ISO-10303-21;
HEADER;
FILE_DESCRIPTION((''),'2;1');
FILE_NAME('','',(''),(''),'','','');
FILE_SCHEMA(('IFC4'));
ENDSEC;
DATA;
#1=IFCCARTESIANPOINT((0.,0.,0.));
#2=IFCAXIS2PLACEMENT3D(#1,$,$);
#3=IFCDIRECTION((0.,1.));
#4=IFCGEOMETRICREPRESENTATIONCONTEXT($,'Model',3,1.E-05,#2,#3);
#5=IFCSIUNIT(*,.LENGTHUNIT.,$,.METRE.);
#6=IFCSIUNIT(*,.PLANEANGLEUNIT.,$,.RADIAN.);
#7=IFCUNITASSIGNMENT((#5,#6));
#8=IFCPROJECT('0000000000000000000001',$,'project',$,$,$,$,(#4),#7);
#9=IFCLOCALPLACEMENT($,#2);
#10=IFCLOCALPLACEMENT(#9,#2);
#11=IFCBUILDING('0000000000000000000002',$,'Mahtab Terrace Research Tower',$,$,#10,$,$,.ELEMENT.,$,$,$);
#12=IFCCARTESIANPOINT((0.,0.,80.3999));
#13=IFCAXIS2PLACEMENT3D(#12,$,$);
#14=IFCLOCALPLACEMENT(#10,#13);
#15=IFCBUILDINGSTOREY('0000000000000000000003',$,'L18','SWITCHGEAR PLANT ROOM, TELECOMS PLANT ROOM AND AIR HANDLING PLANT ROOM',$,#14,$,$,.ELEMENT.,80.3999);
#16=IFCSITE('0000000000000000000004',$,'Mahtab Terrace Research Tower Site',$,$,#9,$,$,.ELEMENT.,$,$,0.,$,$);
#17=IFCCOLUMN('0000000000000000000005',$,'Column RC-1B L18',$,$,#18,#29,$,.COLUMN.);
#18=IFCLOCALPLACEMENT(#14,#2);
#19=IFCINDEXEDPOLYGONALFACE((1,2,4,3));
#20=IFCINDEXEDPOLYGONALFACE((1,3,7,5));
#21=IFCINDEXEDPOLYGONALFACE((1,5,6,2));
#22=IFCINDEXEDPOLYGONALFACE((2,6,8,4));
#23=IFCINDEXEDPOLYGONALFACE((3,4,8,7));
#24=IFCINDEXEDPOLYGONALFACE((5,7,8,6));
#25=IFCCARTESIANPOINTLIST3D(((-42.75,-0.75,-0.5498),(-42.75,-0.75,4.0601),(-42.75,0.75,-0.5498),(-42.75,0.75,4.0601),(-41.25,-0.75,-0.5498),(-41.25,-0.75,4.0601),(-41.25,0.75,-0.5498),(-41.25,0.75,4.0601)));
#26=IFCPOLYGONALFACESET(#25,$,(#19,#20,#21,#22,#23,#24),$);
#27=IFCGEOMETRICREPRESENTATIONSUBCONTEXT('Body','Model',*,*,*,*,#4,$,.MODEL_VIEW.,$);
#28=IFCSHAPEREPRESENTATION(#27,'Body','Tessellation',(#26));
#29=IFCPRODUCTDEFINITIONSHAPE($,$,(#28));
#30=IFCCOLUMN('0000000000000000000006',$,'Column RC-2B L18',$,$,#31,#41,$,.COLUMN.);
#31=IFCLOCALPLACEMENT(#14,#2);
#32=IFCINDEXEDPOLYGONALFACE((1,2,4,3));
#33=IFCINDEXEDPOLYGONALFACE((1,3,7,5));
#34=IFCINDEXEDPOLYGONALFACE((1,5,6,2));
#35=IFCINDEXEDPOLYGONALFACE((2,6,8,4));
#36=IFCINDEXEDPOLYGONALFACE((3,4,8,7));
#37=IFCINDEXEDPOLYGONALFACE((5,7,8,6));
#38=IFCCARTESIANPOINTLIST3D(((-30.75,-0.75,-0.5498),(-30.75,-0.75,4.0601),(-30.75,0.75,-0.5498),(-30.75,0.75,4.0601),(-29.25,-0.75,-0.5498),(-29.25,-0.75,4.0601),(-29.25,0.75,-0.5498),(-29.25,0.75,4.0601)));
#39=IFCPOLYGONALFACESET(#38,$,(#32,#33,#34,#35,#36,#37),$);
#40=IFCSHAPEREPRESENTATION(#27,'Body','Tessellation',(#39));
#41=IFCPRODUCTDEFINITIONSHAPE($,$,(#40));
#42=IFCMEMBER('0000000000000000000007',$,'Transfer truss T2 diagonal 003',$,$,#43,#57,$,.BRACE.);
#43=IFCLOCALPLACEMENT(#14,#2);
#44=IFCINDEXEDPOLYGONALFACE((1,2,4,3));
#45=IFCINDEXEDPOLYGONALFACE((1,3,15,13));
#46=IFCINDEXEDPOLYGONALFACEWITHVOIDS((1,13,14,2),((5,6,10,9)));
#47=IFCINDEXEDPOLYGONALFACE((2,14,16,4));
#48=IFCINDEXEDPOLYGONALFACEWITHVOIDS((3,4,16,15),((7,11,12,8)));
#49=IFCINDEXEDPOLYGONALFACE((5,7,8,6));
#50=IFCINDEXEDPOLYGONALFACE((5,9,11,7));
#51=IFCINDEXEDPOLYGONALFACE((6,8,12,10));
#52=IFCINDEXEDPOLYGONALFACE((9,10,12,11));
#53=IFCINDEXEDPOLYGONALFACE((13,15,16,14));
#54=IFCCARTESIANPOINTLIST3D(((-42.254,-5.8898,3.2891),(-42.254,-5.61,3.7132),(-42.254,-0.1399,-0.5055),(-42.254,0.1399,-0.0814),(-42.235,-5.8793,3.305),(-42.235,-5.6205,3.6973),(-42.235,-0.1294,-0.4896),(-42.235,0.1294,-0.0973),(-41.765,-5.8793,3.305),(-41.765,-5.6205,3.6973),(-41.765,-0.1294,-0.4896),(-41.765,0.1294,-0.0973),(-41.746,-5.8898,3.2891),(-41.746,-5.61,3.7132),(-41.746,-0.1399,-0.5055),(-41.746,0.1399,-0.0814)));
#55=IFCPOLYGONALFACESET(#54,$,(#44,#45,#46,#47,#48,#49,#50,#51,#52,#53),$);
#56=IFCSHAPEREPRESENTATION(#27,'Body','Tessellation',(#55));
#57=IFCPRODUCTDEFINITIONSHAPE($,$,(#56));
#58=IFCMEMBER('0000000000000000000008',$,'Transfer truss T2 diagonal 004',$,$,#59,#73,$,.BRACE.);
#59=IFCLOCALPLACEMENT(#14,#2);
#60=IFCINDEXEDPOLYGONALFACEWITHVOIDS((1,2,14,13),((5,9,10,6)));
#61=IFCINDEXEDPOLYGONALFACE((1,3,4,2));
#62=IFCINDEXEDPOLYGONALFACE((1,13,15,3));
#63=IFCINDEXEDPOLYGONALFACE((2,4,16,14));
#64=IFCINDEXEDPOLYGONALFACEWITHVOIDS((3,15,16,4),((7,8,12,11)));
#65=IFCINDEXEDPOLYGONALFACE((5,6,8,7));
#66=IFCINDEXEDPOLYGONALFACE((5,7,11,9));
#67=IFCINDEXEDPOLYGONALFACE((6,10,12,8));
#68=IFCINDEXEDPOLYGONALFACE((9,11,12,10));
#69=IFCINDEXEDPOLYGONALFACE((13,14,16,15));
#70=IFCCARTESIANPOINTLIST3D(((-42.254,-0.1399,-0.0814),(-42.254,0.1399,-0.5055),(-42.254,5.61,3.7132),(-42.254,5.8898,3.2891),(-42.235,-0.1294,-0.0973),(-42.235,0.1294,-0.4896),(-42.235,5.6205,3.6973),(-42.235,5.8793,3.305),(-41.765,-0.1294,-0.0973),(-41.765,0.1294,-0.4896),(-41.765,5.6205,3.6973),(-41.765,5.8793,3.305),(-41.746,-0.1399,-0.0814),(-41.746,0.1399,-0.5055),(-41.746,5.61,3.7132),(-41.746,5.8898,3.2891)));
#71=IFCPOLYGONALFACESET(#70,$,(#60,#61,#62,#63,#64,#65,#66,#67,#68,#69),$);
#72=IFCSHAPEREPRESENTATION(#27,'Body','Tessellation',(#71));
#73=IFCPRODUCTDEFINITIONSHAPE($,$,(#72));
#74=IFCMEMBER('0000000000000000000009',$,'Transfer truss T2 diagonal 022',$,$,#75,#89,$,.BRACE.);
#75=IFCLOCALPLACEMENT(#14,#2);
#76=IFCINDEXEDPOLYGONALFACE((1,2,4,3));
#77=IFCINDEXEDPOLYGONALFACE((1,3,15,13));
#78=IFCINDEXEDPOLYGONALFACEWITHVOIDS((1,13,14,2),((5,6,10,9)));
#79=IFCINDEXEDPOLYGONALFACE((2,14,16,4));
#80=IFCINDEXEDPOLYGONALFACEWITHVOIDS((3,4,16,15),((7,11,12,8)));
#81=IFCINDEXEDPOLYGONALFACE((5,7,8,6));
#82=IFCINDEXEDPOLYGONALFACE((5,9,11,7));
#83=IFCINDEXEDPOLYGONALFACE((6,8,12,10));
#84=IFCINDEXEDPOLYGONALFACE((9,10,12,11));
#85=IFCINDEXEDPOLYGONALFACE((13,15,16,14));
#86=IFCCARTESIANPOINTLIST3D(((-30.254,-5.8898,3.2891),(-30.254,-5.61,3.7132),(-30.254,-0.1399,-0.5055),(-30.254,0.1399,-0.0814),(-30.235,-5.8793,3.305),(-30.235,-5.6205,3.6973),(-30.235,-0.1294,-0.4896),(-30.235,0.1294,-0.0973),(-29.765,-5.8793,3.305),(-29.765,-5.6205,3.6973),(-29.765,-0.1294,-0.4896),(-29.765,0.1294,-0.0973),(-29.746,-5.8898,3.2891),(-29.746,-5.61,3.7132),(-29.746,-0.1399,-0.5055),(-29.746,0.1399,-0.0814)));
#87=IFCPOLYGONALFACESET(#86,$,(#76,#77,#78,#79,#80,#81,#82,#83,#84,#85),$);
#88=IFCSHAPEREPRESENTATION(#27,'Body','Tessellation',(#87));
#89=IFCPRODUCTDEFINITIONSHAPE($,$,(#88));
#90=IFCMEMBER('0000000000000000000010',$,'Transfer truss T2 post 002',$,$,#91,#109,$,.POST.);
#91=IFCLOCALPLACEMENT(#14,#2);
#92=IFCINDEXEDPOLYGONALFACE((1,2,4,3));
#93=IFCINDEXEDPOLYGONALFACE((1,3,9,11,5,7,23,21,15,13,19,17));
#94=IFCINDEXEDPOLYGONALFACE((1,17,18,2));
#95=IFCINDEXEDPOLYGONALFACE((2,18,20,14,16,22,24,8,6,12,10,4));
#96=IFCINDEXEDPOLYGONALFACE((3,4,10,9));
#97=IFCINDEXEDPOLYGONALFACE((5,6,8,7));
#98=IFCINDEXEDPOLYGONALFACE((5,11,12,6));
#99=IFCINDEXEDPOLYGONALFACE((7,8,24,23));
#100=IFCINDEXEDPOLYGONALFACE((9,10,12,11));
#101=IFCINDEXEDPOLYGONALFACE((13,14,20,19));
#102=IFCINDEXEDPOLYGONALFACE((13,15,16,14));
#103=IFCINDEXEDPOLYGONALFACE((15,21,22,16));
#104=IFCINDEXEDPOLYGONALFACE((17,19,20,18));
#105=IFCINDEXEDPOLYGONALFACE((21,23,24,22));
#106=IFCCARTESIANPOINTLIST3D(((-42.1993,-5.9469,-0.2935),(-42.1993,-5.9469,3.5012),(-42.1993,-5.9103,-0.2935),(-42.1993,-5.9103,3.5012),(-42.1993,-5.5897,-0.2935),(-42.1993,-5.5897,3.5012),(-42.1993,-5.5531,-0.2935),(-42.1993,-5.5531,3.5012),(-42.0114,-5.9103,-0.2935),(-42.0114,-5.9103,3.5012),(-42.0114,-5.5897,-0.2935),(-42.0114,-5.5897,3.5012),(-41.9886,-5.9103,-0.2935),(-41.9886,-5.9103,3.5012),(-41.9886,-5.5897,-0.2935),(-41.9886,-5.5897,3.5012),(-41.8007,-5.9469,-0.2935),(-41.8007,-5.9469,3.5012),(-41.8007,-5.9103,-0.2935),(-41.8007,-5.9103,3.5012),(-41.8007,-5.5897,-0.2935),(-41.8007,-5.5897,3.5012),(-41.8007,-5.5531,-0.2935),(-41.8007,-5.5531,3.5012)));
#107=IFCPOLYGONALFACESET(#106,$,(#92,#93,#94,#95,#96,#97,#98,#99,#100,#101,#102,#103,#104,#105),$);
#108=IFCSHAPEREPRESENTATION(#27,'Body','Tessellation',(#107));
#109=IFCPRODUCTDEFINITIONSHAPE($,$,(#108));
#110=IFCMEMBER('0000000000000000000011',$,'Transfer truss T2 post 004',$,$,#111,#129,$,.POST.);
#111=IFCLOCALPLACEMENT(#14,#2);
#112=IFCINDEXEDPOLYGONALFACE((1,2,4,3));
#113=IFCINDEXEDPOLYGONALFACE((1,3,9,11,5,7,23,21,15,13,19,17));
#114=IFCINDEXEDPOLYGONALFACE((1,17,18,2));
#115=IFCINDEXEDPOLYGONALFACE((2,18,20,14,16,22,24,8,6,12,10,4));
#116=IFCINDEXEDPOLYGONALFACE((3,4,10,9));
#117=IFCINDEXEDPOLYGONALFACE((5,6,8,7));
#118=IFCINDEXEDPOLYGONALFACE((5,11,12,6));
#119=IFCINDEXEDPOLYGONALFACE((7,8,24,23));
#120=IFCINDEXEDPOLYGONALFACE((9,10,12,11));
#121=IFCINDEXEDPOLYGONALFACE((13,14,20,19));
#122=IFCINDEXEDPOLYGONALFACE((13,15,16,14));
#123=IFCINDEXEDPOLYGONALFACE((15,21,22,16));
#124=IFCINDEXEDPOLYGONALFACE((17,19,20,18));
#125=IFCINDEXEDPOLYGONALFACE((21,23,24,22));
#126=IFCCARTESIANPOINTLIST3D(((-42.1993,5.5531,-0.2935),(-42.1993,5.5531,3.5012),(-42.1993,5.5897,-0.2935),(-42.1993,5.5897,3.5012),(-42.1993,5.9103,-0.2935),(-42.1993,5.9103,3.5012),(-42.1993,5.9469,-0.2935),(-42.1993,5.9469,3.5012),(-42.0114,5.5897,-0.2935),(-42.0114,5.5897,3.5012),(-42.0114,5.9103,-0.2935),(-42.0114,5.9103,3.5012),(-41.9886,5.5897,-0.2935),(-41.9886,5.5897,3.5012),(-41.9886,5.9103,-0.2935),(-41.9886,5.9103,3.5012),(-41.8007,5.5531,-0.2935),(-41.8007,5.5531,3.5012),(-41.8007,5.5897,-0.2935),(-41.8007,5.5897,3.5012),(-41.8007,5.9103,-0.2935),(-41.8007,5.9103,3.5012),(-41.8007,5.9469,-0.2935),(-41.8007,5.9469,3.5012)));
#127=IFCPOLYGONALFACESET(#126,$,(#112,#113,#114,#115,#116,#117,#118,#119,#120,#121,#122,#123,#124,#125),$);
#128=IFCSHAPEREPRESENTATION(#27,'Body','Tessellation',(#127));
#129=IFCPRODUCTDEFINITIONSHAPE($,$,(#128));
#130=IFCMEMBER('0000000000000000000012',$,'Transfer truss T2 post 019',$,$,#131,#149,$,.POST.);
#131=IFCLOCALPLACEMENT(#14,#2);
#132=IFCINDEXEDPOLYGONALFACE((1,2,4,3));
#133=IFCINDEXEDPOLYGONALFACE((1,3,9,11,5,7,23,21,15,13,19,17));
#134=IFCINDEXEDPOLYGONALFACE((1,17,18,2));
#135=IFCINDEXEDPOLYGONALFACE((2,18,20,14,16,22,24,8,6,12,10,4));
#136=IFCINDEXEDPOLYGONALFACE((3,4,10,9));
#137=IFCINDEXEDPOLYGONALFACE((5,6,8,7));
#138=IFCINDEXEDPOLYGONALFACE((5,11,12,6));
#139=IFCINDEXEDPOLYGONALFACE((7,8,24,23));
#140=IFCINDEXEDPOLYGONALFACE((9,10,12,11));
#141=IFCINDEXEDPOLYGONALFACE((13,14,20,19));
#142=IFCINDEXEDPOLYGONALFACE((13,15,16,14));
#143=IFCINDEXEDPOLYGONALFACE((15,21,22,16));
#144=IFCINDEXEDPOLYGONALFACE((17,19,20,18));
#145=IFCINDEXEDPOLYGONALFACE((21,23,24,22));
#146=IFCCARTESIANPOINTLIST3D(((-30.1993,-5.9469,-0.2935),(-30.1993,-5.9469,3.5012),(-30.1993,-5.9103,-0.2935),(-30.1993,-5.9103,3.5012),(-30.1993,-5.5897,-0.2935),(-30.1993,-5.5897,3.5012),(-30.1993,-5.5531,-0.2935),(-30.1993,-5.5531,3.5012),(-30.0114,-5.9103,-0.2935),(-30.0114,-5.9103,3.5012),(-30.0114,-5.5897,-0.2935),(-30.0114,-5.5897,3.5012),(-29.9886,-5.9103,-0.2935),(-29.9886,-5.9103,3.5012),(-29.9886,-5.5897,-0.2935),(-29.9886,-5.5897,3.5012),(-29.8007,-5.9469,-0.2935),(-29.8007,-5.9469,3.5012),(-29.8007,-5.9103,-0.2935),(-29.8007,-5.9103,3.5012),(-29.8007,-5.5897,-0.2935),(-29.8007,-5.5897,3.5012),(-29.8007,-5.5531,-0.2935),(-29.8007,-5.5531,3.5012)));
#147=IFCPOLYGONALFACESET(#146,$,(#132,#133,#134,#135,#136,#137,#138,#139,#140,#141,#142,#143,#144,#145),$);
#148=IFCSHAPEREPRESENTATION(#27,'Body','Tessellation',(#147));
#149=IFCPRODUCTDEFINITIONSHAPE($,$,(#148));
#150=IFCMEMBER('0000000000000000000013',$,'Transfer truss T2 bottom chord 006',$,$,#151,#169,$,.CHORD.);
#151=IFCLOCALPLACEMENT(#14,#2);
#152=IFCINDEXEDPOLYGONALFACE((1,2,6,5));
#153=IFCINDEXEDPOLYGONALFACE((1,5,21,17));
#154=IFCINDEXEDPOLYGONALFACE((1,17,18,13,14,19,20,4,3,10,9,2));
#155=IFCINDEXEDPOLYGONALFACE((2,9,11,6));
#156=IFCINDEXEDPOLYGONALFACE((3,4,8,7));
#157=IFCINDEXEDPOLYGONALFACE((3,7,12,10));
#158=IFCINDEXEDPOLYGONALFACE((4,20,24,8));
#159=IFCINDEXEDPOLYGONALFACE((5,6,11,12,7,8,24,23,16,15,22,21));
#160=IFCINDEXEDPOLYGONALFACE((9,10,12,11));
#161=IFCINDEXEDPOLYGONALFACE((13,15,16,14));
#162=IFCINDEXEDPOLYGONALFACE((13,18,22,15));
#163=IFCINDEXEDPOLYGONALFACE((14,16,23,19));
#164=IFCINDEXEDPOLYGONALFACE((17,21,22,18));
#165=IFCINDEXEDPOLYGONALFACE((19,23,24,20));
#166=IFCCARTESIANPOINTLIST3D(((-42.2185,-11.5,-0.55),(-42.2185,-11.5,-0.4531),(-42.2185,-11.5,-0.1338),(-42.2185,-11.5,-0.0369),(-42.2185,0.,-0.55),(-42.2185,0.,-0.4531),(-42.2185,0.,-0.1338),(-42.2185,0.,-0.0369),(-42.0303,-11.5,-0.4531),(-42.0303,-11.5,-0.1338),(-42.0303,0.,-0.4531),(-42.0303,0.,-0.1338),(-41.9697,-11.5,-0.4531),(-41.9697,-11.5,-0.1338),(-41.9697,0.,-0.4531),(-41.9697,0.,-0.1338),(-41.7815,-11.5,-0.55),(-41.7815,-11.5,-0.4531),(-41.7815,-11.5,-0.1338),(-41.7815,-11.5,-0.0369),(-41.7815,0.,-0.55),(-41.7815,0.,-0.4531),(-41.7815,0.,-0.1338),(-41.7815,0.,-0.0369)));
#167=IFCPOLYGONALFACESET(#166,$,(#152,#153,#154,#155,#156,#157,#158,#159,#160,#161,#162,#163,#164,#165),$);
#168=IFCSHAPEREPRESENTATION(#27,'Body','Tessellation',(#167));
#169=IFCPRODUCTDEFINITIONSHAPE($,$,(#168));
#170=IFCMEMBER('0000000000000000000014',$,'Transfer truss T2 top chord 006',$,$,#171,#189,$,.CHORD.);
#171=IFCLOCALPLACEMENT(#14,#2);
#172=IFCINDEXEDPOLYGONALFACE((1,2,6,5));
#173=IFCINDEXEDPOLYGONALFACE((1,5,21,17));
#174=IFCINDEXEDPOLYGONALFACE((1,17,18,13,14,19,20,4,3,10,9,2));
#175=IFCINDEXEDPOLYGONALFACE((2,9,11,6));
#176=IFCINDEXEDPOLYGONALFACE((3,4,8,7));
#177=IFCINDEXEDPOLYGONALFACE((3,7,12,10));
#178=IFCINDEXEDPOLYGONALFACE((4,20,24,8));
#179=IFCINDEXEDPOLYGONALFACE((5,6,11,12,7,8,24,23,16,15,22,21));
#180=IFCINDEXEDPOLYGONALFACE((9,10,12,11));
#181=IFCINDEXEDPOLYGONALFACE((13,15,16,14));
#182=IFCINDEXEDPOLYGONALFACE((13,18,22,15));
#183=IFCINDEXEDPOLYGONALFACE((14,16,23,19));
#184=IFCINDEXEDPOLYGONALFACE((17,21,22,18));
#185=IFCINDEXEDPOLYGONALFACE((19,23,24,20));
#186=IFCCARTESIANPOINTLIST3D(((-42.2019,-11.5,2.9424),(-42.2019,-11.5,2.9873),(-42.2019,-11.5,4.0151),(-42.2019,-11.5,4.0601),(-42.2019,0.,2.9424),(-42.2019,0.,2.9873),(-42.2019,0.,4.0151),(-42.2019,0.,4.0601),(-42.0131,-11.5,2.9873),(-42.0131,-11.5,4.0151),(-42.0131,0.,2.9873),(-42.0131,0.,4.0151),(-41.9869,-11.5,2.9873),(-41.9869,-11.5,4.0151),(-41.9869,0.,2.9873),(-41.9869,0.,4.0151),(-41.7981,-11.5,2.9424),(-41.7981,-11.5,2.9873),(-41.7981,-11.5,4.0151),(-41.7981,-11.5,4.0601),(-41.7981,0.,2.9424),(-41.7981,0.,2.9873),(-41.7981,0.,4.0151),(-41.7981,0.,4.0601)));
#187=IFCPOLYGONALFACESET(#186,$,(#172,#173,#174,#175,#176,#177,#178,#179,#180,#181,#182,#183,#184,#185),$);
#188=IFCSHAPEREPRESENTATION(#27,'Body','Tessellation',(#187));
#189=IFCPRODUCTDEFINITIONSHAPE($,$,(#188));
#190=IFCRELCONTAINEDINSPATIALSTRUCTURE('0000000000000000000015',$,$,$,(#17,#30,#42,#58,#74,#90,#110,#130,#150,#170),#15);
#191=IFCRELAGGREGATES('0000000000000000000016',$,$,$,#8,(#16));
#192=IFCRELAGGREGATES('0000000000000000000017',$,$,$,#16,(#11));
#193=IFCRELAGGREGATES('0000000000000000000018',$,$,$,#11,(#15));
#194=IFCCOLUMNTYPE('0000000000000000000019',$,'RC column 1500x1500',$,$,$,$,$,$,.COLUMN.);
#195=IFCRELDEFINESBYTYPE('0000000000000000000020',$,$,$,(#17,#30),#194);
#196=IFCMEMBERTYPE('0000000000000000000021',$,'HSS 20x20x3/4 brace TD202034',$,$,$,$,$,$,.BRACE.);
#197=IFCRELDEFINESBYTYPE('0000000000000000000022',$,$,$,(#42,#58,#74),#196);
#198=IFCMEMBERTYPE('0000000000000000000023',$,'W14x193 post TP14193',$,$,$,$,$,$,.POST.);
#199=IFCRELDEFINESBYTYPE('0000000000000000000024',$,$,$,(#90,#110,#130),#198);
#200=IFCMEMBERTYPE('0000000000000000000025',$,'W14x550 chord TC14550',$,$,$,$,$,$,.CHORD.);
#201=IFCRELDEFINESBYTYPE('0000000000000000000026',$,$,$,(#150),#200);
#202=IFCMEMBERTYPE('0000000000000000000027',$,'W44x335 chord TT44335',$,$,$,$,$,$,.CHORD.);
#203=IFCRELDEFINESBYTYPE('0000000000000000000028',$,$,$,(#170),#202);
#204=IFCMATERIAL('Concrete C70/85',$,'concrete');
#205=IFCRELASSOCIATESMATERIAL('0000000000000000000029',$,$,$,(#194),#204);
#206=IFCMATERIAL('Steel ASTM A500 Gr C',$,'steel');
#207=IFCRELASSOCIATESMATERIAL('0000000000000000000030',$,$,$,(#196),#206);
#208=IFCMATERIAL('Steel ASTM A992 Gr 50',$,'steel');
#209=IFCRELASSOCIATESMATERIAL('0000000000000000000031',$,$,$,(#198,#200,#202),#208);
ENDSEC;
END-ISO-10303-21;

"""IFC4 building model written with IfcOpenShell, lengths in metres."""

from ifc_helpers import new_model, si_unit, direction, frame, origin, origin_2d, place, context, subcontext, project, spatial, rectangle, hollow_rectangle, i_section, extrude, material, material_profile, profile_set, type_object, element, save


model = new_model("IFC4")

# Units and contexts
model_context = context("Model", 3, precision=1e-05, world=origin(), true_north=direction((0.0, 1.0)))
body_context = subcontext(model_context, "Body", "Model", "MODEL_VIEW")
ifc_project = project(units=[si_unit("LENGTHUNIT", "METRE"), si_unit("PLANEANGLEUNIT", "RADIAN")], contexts=[model_context])

# Site, building, storey
site_placement = place(None, origin())
site = spatial("IfcSite", under=ifc_project, at=site_placement, Name="Mahtab Terrace Research Tower Site", CompositionType="ELEMENT", RefElevation=0.0)
building_placement = place(site_placement, origin())
building = spatial("IfcBuilding", under=site, at=building_placement, Name="Mahtab Terrace Research Tower", CompositionType="ELEMENT")
storey_placement = place(building_placement, frame((0.0, 0.0, 80.3999)))
storey = spatial("IfcBuildingStorey", under=building, at=storey_placement, Name="L18", Description="SWITCHGEAR PLANT ROOM, TELECOMS PLANT ROOM AND AIR HANDLING PLANT ROOM", CompositionType="ELEMENT", Elevation=80.3999)

# Columns
ifc_material_1 = material(Name="Concrete C70/85", Category="concrete")
ifc_material_profile_1 = material_profile(ifc_material_1, rectangle(XDim=1.5, YDim=1.5, at=origin_2d()), Name="RC column 1500x1500")
ifc_profile_set_1 = profile_set([ifc_material_profile_1], Name="Concrete C70/85")
column_type = type_object("IfcColumnType", Name="RC column 1500x1500", PredefinedType="COLUMN", material=ifc_profile_set_1)
for number, where, z_axis, x_axis, name in (
    (1, (-42.0, 0.0, -0.5498), (0.0, 0.0, 1.0), (1.0, 0.0, 0.0), "Column RC-1B L18"),
    (2, (-30.0, 0.0, -0.5498), (0.0, 0.0, 1.0), (1.0, 0.0, 0.0), "Column RC-2B L18"),
):
    element("IfcColumn", number, at=place(storey_placement, frame(where, z_axis=z_axis, x_axis=x_axis)), inside=storey, type_object=column_type, Name=name, PredefinedType="COLUMN", context=body_context, shape_type="SweptSolid", body=[
        extrude(rectangle(XDim=1.5, YDim=1.5, at=origin_2d()), origin(), (0.0, 0.0, 1.0), 4.6099),
    ])

# Members
ifc_material_2 = material(Name="Steel ASTM A500 Gr C", Category="steel")
ifc_material_profile_2 = material_profile(ifc_material_2, hollow_rectangle(XDim=0.5081, YDim=0.5081, WallThickness=0.019, at=origin_2d()), Name="HSS20X20X3/4")
ifc_profile_set_2 = profile_set([ifc_material_profile_2], Name="Steel ASTM A500 Gr C")
member_type_1 = type_object("IfcMemberType", Name="HSS 20x20x3/4 brace TD202034", PredefinedType="BRACE", material=ifc_profile_set_2)
for number, where, z_axis, x_axis, name in (
    (3, (-42.0, 0.0, -0.2935), (0.0, -0.834631, 0.55081), (1.0, 0.0, 0.0), "Transfer truss T2 diagonal 003"),
    (4, (-42.0, 0.0, -0.2935), (0.0, 0.834631, 0.55081), (-1.0, 0.0, 0.0), "Transfer truss T2 diagonal 004"),
    (5, (-30.0, 0.0, -0.2935), (0.0, -0.834631, 0.55081), (1.0, 0.0, 0.0), "Transfer truss T2 diagonal 022"),
):
    element("IfcMember", number, at=place(storey_placement, frame(where, z_axis=z_axis, x_axis=x_axis)), inside=storey, type_object=member_type_1, Name=name, PredefinedType="BRACE", context=body_context, shape_type="SweptSolid", body=[
        extrude(hollow_rectangle(XDim=0.5081, YDim=0.5081, WallThickness=0.019, at=origin_2d()), origin(), (0.0, 0.0, 1.0), 6.8892),
    ])
ifc_material_3 = material(Name="Steel ASTM A992 Gr 50", Category="steel")
ifc_material_profile_3 = material_profile(ifc_material_3, i_section(OverallWidth=0.3987, OverallDepth=0.3938, WebThickness=0.0227, FlangeThickness=0.0366, at=origin_2d()), Name="W14X193")
ifc_profile_set_3 = profile_set([ifc_material_profile_3], Name="Steel ASTM A992 Gr 50")
member_type_2 = type_object("IfcMemberType", Name="W14x193 post TP14193", PredefinedType="POST", material=ifc_profile_set_3)
for number, where, z_axis, x_axis, name in (
    (6, (-42.0, -5.75, -0.2935), (0.0, 0.0, 1.0), (1.0, 0.0, 0.0), "Transfer truss T2 post 002"),
    (7, (-42.0, 5.75, -0.2935), (0.0, 0.0, 1.0), (1.0, 0.0, 0.0), "Transfer truss T2 post 004"),
    (8, (-30.0, -5.75, -0.2935), (0.0, 0.0, 1.0), (1.0, 0.0, 0.0), "Transfer truss T2 post 019"),
):
    element("IfcMember", number, at=place(storey_placement, frame(where, z_axis=z_axis, x_axis=x_axis)), inside=storey, type_object=member_type_2, Name=name, PredefinedType="POST", context=body_context, shape_type="SweptSolid", body=[
        extrude(i_section(OverallWidth=0.3987, OverallDepth=0.3938, WebThickness=0.0227, FlangeThickness=0.0366, at=origin_2d()), origin(), (0.0, 0.0, 1.0), 3.7947),
    ])
ifc_material_profile_4 = material_profile(ifc_material_3, i_section(OverallWidth=0.437, OverallDepth=0.5132, WebThickness=0.0605, FlangeThickness=0.0969, at=origin_2d()), Name="W14X550")
ifc_profile_set_4 = profile_set([ifc_material_profile_4], Name="Steel ASTM A992 Gr 50")
member_type_3 = type_object("IfcMemberType", Name="W14x550 chord TC14550", PredefinedType="CHORD", material=ifc_profile_set_4)
member_1_placement = place(storey_placement, frame((-42.0, 0.0, -0.2935), z_axis=(0.0, -1.0, 0.0), x_axis=(1.0, 0.0, 0.0)))
element("IfcMember", 9, at=member_1_placement, inside=storey, type_object=member_type_3, Name="Transfer truss T2 bottom chord 006", PredefinedType="CHORD", context=body_context, shape_type="SweptSolid", body=[
    extrude(i_section(OverallWidth=0.437, OverallDepth=0.5132, WebThickness=0.0605, FlangeThickness=0.0969, at=origin_2d()), origin(), (0.0, 0.0, 1.0), 11.5),
])
ifc_material_profile_5 = material_profile(ifc_material_3, i_section(OverallWidth=0.4038, OverallDepth=1.1177, WebThickness=0.0261, FlangeThickness=0.0449, at=origin_2d()), Name="W44X335")
ifc_profile_set_5 = profile_set([ifc_material_profile_5], Name="Steel ASTM A992 Gr 50")
member_type_4 = type_object("IfcMemberType", Name="W44x335 chord TT44335", PredefinedType="CHORD", material=ifc_profile_set_5)
member_2_placement = place(storey_placement, frame((-42.0, 0.0, 3.5012), z_axis=(0.0, -1.0, 0.0), x_axis=(1.0, 0.0, 0.0)))
element("IfcMember", 10, at=member_2_placement, inside=storey, type_object=member_type_4, Name="Transfer truss T2 top chord 006", PredefinedType="CHORD", context=body_context, shape_type="SweptSolid", body=[
    extrude(i_section(OverallWidth=0.4038, OverallDepth=1.1177, WebThickness=0.0261, FlangeThickness=0.0449, at=origin_2d()), origin(), (0.0, 0.0, 1.0), 11.5),
])

save(model, "model.ifc")
